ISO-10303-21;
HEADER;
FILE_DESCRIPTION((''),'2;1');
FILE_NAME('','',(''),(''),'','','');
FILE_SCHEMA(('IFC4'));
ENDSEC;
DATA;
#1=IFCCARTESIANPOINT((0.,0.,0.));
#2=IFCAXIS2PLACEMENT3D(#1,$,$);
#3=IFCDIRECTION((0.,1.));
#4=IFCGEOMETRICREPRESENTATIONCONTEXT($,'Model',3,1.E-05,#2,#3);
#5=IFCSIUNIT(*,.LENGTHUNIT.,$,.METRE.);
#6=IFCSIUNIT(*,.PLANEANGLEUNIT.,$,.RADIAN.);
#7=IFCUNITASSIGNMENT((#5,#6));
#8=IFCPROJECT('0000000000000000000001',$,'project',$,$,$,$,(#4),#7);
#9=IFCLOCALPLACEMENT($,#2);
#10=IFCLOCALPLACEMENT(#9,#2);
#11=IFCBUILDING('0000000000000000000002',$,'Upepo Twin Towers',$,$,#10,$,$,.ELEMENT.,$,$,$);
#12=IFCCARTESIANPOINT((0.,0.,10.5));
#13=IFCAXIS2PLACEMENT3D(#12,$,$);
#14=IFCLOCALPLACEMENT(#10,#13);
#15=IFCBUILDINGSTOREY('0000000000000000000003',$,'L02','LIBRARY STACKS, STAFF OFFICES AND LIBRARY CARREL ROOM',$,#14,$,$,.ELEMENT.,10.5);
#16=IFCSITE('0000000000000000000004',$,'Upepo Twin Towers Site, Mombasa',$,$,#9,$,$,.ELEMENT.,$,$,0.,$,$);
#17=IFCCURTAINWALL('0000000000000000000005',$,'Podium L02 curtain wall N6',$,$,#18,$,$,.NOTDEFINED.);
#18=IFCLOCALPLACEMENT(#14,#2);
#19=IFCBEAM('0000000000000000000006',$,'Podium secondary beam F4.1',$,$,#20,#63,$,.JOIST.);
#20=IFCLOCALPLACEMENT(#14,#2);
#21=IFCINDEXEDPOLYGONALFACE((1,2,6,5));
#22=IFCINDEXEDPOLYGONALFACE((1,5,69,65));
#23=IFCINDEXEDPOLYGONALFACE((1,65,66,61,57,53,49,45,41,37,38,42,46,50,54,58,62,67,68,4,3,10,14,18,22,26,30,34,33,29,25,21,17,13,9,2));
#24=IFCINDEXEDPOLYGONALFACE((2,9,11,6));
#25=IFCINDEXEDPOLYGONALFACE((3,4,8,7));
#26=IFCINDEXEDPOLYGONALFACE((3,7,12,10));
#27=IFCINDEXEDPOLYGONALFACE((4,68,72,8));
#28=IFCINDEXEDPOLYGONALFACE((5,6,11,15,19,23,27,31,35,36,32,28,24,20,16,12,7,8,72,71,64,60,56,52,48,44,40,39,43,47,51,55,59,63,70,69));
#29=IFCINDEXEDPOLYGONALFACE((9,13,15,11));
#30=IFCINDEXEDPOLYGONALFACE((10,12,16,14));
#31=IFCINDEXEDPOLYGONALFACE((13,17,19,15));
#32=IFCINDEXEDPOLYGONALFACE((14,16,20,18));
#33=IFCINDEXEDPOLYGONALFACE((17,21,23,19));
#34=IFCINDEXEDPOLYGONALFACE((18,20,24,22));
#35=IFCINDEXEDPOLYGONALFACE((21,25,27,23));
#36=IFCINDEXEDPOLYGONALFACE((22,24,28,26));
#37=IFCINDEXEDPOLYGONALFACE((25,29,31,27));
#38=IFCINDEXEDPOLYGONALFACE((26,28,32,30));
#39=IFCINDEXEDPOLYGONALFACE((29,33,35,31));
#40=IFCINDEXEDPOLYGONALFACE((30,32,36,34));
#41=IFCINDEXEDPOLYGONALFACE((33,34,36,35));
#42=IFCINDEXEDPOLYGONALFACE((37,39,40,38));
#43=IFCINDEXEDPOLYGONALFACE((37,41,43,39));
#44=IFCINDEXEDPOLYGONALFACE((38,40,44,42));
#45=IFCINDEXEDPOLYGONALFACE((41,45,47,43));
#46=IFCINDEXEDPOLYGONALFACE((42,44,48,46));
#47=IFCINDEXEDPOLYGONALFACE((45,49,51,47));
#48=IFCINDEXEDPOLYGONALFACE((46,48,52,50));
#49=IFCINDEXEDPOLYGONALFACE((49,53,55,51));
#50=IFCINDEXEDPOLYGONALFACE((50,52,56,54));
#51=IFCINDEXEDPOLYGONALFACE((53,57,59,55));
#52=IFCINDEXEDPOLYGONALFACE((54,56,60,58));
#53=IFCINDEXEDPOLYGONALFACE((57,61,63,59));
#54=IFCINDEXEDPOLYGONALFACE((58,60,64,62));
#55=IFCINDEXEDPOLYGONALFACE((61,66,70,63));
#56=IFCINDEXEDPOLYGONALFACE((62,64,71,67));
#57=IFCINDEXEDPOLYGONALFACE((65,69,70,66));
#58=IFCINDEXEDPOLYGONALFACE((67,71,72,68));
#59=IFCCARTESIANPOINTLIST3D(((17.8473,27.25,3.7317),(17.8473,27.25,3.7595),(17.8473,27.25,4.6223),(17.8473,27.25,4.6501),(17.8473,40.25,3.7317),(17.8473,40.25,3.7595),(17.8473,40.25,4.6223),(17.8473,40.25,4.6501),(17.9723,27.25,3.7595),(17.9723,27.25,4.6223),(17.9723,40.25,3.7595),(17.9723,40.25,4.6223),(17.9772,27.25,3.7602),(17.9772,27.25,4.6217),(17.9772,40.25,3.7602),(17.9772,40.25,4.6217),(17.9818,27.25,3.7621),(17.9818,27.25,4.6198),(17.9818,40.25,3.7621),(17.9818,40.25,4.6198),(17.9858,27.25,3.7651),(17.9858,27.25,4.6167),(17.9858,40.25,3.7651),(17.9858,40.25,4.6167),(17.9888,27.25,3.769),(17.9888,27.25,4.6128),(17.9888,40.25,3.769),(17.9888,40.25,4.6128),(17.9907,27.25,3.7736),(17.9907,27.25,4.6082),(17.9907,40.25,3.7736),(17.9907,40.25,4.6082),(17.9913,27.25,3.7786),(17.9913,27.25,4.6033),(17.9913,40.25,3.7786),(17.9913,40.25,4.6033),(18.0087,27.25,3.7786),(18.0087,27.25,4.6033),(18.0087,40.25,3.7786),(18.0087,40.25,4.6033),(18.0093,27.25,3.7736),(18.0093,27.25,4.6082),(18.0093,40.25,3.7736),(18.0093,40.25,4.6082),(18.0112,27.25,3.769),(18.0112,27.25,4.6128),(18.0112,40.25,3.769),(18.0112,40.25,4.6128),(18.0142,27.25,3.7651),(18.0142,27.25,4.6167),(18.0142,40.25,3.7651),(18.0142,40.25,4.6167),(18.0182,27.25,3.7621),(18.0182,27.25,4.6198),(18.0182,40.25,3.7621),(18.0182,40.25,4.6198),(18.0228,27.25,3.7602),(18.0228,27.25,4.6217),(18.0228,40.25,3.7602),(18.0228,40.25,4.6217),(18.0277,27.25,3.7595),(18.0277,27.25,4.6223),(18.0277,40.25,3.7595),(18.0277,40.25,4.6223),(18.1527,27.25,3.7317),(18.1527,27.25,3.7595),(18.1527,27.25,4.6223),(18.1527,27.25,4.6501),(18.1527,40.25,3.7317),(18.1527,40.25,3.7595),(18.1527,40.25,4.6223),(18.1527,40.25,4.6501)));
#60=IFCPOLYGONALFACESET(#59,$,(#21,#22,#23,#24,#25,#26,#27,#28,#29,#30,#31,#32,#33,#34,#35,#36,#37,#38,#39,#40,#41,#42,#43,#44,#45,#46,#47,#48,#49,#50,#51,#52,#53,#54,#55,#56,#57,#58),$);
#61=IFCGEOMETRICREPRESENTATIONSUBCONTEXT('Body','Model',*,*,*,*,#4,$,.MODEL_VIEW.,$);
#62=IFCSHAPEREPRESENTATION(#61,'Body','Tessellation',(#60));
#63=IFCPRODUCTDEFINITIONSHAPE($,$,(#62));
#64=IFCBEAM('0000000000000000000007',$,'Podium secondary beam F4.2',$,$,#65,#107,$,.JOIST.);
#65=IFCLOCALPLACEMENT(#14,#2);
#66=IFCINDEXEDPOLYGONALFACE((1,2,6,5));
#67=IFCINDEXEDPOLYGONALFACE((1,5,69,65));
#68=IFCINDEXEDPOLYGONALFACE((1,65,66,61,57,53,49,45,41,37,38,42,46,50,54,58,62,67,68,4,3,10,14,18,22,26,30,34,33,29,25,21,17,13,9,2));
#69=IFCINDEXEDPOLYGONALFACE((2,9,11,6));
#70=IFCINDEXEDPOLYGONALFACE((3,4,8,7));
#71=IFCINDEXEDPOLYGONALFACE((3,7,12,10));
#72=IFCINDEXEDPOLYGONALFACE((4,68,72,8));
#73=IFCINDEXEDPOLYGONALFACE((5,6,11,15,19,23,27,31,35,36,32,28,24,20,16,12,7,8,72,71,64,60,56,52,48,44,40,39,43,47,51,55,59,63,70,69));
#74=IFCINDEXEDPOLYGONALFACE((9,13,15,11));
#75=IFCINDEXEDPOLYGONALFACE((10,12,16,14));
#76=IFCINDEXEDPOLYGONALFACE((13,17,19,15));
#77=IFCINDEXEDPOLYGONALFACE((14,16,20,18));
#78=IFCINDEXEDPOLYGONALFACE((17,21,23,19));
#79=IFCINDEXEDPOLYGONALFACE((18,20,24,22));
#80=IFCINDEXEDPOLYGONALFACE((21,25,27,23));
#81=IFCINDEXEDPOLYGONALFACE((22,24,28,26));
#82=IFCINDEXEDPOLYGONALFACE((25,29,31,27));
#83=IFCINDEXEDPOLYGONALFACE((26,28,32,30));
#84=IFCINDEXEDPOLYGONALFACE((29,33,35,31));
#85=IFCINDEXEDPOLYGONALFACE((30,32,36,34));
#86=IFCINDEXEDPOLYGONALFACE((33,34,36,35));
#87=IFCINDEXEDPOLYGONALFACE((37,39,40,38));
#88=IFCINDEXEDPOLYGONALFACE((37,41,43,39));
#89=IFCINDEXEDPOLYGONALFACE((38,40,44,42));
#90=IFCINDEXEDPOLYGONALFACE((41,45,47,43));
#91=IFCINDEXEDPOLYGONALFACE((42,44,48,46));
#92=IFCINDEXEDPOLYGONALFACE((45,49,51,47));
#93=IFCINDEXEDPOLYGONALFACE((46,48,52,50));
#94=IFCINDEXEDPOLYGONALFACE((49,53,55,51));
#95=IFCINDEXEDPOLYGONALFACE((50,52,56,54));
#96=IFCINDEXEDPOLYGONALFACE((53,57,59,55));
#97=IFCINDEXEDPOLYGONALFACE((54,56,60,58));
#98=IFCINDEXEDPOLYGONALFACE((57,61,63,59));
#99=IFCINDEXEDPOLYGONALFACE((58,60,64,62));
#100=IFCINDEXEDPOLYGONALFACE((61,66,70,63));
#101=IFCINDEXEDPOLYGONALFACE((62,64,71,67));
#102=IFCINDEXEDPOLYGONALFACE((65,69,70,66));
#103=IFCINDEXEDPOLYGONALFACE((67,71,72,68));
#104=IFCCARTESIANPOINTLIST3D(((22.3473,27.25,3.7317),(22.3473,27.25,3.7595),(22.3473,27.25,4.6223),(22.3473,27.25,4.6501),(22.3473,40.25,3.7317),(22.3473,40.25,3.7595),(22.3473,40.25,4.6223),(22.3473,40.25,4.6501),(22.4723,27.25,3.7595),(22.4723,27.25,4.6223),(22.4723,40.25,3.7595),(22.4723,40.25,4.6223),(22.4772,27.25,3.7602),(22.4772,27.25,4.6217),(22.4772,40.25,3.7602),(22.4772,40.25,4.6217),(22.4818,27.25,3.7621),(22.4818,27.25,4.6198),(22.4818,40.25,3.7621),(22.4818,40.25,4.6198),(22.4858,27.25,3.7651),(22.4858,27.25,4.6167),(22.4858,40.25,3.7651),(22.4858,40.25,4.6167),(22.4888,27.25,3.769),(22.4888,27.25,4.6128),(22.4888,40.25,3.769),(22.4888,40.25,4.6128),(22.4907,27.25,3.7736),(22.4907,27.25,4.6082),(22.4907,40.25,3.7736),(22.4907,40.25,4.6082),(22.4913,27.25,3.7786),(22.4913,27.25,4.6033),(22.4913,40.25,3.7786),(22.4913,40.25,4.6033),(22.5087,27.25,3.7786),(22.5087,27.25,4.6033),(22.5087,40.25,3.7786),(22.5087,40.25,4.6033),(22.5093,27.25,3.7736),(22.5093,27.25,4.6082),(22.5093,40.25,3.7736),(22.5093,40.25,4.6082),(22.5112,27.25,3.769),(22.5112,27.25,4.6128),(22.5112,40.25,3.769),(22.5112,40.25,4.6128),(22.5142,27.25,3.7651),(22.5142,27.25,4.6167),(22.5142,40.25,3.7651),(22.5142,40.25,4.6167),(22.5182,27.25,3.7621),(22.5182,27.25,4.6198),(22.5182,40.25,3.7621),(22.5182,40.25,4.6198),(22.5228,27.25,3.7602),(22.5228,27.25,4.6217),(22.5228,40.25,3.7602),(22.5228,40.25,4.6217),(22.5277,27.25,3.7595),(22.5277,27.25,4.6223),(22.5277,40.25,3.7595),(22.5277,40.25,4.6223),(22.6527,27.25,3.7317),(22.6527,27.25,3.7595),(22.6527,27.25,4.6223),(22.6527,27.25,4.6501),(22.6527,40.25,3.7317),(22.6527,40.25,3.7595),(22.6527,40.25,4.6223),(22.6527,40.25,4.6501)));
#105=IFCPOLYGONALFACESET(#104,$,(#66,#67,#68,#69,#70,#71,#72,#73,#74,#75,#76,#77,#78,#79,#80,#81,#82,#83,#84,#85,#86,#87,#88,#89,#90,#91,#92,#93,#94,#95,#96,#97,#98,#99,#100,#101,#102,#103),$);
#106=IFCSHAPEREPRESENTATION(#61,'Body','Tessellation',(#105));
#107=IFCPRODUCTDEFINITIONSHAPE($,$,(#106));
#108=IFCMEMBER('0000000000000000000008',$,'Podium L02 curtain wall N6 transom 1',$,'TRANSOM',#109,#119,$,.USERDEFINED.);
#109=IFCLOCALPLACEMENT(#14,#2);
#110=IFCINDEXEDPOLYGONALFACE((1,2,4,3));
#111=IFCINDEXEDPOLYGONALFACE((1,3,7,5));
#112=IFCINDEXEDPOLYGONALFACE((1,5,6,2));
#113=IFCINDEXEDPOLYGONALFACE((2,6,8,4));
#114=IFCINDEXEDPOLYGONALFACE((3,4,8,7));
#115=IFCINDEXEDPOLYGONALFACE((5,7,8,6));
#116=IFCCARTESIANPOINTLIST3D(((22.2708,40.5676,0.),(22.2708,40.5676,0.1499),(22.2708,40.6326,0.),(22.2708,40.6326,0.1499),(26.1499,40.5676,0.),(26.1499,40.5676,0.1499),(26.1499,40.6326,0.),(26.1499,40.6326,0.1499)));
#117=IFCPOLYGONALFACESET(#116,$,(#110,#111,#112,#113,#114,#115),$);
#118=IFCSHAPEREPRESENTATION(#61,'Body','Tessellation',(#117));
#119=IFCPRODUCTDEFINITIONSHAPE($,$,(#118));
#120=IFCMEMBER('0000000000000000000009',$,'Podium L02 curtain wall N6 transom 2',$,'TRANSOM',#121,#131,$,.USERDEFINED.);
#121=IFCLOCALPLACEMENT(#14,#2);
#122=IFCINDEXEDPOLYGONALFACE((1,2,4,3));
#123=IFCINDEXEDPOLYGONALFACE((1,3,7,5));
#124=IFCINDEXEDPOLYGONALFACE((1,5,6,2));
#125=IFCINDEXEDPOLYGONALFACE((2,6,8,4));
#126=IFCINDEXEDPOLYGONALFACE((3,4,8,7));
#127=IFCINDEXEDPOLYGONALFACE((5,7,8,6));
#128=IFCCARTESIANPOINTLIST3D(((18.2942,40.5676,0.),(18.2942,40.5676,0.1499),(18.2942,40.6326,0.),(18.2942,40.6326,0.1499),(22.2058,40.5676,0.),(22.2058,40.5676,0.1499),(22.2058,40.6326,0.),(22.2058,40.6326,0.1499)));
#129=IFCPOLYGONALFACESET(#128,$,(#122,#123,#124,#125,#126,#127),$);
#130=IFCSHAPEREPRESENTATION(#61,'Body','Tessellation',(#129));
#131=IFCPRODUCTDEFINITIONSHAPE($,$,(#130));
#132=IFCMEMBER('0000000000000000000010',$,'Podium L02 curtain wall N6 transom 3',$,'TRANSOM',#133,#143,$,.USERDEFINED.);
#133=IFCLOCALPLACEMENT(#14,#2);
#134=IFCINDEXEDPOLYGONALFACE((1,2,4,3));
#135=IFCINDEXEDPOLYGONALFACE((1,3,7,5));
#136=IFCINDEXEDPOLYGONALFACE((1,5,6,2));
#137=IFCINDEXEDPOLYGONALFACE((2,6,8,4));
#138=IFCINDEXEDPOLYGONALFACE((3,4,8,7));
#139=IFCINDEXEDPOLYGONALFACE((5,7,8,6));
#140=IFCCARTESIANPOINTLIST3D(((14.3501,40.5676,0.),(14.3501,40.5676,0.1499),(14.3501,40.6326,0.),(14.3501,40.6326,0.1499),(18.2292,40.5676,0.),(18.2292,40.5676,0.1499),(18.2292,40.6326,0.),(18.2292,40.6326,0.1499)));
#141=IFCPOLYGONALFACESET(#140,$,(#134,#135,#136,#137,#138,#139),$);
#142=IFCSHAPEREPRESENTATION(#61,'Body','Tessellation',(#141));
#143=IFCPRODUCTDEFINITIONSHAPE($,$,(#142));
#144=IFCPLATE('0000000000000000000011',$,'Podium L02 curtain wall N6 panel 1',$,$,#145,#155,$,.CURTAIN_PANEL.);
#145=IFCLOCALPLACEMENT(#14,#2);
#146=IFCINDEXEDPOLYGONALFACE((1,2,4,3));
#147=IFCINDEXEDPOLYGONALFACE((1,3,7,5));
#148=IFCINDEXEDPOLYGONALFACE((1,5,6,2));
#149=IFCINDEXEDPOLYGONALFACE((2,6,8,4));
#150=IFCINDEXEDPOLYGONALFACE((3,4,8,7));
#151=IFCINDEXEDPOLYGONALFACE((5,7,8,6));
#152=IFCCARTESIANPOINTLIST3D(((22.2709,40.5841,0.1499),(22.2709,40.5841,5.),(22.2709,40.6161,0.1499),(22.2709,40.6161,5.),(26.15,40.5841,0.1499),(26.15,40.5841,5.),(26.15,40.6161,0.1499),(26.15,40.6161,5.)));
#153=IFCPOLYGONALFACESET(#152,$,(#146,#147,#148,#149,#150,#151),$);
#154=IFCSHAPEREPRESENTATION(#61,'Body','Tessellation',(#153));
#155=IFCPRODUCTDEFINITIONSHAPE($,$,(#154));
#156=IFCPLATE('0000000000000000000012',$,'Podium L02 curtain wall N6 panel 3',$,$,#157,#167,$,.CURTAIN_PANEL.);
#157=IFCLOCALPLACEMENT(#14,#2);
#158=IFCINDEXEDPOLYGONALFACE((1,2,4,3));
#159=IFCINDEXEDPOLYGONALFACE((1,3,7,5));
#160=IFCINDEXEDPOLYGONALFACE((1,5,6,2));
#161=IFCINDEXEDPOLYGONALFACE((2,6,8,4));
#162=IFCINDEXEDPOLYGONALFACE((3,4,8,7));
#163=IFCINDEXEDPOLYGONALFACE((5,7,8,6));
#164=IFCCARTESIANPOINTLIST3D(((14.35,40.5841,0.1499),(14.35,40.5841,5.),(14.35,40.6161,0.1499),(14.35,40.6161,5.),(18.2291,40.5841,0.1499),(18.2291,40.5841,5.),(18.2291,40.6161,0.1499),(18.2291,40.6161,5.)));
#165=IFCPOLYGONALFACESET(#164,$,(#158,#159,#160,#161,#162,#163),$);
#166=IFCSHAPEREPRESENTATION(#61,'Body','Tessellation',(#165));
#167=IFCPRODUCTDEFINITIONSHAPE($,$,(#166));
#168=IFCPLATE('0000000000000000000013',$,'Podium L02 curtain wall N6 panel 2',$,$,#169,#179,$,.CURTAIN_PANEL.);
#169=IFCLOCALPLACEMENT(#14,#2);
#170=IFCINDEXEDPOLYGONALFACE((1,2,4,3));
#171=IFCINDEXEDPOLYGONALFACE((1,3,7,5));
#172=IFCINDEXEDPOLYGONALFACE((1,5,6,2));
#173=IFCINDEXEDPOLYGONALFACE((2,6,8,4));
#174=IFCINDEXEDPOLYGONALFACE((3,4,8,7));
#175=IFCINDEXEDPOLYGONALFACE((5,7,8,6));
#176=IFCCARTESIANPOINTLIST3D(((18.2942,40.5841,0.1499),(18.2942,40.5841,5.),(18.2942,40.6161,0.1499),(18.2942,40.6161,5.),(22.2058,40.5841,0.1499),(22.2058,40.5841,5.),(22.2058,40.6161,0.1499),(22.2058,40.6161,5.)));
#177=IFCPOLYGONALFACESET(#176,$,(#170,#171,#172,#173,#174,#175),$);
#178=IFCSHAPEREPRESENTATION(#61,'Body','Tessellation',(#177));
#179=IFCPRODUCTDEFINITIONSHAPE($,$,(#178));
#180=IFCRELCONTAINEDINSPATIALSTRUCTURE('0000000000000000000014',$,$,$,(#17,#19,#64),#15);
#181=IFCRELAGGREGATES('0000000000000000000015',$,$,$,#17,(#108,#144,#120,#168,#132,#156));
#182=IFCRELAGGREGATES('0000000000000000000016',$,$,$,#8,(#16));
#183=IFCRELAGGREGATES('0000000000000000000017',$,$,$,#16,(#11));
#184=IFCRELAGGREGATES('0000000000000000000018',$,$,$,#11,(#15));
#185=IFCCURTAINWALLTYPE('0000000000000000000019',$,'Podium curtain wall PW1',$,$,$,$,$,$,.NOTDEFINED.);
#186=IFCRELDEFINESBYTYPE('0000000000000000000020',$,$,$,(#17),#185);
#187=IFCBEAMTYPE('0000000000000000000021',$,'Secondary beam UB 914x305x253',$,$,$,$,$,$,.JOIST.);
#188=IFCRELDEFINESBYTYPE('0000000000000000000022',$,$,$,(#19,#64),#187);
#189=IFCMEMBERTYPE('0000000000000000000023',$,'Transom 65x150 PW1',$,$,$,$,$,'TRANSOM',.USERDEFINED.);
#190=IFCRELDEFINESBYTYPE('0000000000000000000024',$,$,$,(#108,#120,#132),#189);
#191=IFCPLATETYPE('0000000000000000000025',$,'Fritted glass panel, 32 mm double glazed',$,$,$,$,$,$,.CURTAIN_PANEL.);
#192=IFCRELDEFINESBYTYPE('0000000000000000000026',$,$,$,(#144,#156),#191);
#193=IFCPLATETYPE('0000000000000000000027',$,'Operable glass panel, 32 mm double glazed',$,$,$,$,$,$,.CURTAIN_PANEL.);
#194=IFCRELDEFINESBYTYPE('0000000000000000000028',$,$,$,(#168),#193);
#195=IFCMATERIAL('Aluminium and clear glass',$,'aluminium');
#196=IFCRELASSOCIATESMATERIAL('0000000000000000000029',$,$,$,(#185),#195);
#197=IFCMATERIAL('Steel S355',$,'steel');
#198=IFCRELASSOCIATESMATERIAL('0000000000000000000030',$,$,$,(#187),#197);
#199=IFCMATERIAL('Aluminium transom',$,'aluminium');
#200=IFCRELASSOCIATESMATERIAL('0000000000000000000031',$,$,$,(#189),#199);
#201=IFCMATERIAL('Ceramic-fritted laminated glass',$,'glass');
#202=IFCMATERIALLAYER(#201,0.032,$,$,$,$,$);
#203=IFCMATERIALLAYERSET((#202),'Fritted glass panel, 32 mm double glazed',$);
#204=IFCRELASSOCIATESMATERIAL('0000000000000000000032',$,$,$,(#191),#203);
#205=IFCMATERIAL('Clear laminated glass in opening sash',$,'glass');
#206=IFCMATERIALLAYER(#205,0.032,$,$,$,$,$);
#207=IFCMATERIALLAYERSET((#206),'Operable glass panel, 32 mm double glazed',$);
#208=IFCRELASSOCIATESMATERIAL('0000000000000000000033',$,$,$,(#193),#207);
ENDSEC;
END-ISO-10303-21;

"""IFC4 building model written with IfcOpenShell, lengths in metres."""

from ifc_helpers import new_model, si_unit, direction, frame, origin, origin_2d, place, context, subcontext, project, spatial, rectangle, i_section, extrude, material, layer, layer_set, material_profile, profile_set, type_object, element, aggregate, save


model = new_model("IFC4")

# Units and contexts
model_context = context("Model", 3, precision=1e-05, world=origin(), true_north=direction((0.0, 1.0)))
body_context = subcontext(model_context, "Body", "Model", "MODEL_VIEW")
ifc_project = project(units=[si_unit("LENGTHUNIT", "METRE"), si_unit("PLANEANGLEUNIT", "RADIAN")], contexts=[model_context])

# Site, building, storey
site_placement = place(None, origin())
site = spatial("IfcSite", under=ifc_project, at=site_placement, Name="Upepo Twin Towers Site, Mombasa", CompositionType="ELEMENT", RefElevation=0.0)
building_placement = place(site_placement, origin())
building = spatial("IfcBuilding", under=site, at=building_placement, Name="Upepo Twin Towers", CompositionType="ELEMENT")
storey_placement = place(building_placement, frame((0.0, 0.0, 10.5)))
storey = spatial("IfcBuildingStorey", under=building, at=storey_placement, Name="L02", Description="LIBRARY STACKS, STAFF OFFICES AND LIBRARY CARREL ROOM", CompositionType="ELEMENT", Elevation=10.5)

# Curtain wall
ifc_material_1 = material(Name="Aluminium and clear glass", Category="aluminium")
curtain_wall_type = type_object("IfcCurtainWallType", Name="Podium curtain wall PW1", PredefinedType="NOTDEFINED", material=ifc_material_1)
curtain_wall_placement = place(storey_placement, origin())
curtain_wall = element("IfcCurtainWall", 1, at=curtain_wall_placement, inside=storey, type_object=curtain_wall_type, Name="Podium L02 curtain wall N6", PredefinedType="NOTDEFINED")

# Beams
ifc_material_2 = material(Name="Steel S355", Category="steel")
ifc_material_profile_1 = material_profile(ifc_material_2, i_section(OverallWidth=0.3054, OverallDepth=0.9185, WebThickness=0.0173, FlangeThickness=0.0278, FilletRadius=0.019, at=origin_2d()), Name="UB 914x305x253")
ifc_profile_set_1 = profile_set([ifc_material_profile_1], Name="Steel S355")
beam_type_1 = type_object("IfcBeamType", Name="Secondary beam UB 914x305x253", PredefinedType="JOIST", material=ifc_profile_set_1)
for number, where, z_axis, x_axis, name in (
    (2, (18.0, 27.25, 4.1909), (0.0, 1.0, 0.0), (-1.0, 0.0, 0.0), "Podium secondary beam F4.1"),
    (3, (22.5, 27.25, 4.1909), (0.0, 1.0, 0.0), (-1.0, 0.0, 0.0), "Podium secondary beam F4.2"),
):
    element("IfcBeam", number, at=place(storey_placement, frame(where, z_axis=z_axis, x_axis=x_axis)), inside=storey, type_object=beam_type_1, Name=name, PredefinedType="JOIST", context=body_context, shape_type="SweptSolid", body=[
        extrude(i_section(OverallWidth=0.3054, OverallDepth=0.9185, WebThickness=0.0173, FlangeThickness=0.0278, FilletRadius=0.019, at=origin_2d()), origin(), (0.0, 0.0, 1.0), 13.0),
    ])

# Members
ifc_material_3 = material(Name="Aluminium transom", Category="aluminium")
ifc_material_profile_2 = material_profile(ifc_material_3, rectangle(XDim=0.0649, YDim=0.1499, at=origin_2d()), Name="TRANSOM 65x150 PODIUM")
ifc_profile_set_2 = profile_set([ifc_material_profile_2], Name="Aluminium transom")
member_type_1 = type_object("IfcMemberType", Name="Transom 65x150 PW1", ElementType="TRANSOM", PredefinedType="USERDEFINED", material=ifc_profile_set_2)
member_1_placement = place(storey_placement, frame((26.1499, 40.6001, 0.075), z_axis=(-1.0, 0.0, 0.0), x_axis=(0.0, -1.0, 0.0)))
member_1 = element("IfcMember", 4, at=member_1_placement, type_object=member_type_1, Name="Podium L02 curtain wall N6 transom 1", ObjectType="TRANSOM", PredefinedType="USERDEFINED", context=body_context, shape_type="SweptSolid", body=[
    extrude(rectangle(XDim=0.0649, YDim=0.1499, at=origin_2d()), origin(), (0.0, 0.0, 1.0), 3.8792),
])
member_2_placement = place(storey_placement, frame((22.2058, 40.6001, 0.075), z_axis=(-1.0, 0.0, 0.0), x_axis=(0.0, -1.0, 0.0)))
member_2 = element("IfcMember", 5, at=member_2_placement, type_object=member_type_1, Name="Podium L02 curtain wall N6 transom 2", ObjectType="TRANSOM", PredefinedType="USERDEFINED", context=body_context, shape_type="SweptSolid", body=[
    extrude(rectangle(XDim=0.0649, YDim=0.1499, at=origin_2d()), origin(), (0.0, 0.0, 1.0), 3.9116),
])
member_3_placement = place(storey_placement, frame((18.2292, 40.6001, 0.075), z_axis=(-1.0, 0.0, 0.0), x_axis=(0.0, -1.0, 0.0)))
member_3 = element("IfcMember", 6, at=member_3_placement, type_object=member_type_1, Name="Podium L02 curtain wall N6 transom 3", ObjectType="TRANSOM", PredefinedType="USERDEFINED", context=body_context, shape_type="SweptSolid", body=[
    extrude(rectangle(XDim=0.0649, YDim=0.1499, at=origin_2d()), origin(), (0.0, 0.0, 1.0), 3.8792),
])

# Plates
ifc_material_4 = material(Name="Ceramic-fritted laminated glass", Category="glass")
ifc_layer_1 = layer(ifc_material_4, 0.032)
ifc_layer_set_1 = layer_set([ifc_layer_1], Name="Fritted glass panel, 32 mm double glazed")
plate_type_1 = type_object("IfcPlateType", Name="Fritted glass panel, 32 mm double glazed", PredefinedType="CURTAIN_PANEL", material=ifc_layer_set_1)
plate_1_placement = place(storey_placement, frame((24.2104, 40.6001, 0.1499), z_axis=(0.0, 0.0, 1.0), x_axis=(-1.0, 0.0, 0.0)))
plate_1 = element("IfcPlate", 7, at=plate_1_placement, type_object=plate_type_1, Name="Podium L02 curtain wall N6 panel 1", PredefinedType="CURTAIN_PANEL", context=body_context, shape_type="SweptSolid", body=[
    extrude(rectangle(XDim=3.8792, YDim=0.032, at=origin_2d()), origin(), (0.0, 0.0, 1.0), 4.8501),
])
plate_2_placement = place(storey_placement, frame((16.2896, 40.6001, 0.1499), z_axis=(0.0, 0.0, 1.0), x_axis=(-1.0, 0.0, 0.0)))
plate_2 = element("IfcPlate", 8, at=plate_2_placement, type_object=plate_type_1, Name="Podium L02 curtain wall N6 panel 3", PredefinedType="CURTAIN_PANEL", context=body_context, shape_type="SweptSolid", body=[
    extrude(rectangle(XDim=3.8792, YDim=0.032, at=origin_2d()), origin(), (0.0, 0.0, 1.0), 4.8501),
])
ifc_material_5 = material(Name="Clear laminated glass in opening sash", Category="glass")
ifc_layer_2 = layer(ifc_material_5, 0.032)
ifc_layer_set_2 = layer_set([ifc_layer_2], Name="Operable glass panel, 32 mm double glazed")
plate_type_2 = type_object("IfcPlateType", Name="Operable glass panel, 32 mm double glazed", PredefinedType="CURTAIN_PANEL", material=ifc_layer_set_2)
plate_3_placement = place(storey_placement, frame((20.25, 40.6001, 0.1499), z_axis=(0.0, 0.0, 1.0), x_axis=(-1.0, 0.0, 0.0)))
plate_3 = element("IfcPlate", 9, at=plate_3_placement, type_object=plate_type_2, Name="Podium L02 curtain wall N6 panel 2", PredefinedType="CURTAIN_PANEL", context=body_context, shape_type="SweptSolid", body=[
    extrude(rectangle(XDim=3.9116, YDim=0.032, at=origin_2d()), origin(), (0.0, 0.0, 1.0), 4.8501),
])
aggregate(curtain_wall, [member_1, plate_1, member_2, plate_3, member_3, plate_2])

save(model, "model.ifc")
